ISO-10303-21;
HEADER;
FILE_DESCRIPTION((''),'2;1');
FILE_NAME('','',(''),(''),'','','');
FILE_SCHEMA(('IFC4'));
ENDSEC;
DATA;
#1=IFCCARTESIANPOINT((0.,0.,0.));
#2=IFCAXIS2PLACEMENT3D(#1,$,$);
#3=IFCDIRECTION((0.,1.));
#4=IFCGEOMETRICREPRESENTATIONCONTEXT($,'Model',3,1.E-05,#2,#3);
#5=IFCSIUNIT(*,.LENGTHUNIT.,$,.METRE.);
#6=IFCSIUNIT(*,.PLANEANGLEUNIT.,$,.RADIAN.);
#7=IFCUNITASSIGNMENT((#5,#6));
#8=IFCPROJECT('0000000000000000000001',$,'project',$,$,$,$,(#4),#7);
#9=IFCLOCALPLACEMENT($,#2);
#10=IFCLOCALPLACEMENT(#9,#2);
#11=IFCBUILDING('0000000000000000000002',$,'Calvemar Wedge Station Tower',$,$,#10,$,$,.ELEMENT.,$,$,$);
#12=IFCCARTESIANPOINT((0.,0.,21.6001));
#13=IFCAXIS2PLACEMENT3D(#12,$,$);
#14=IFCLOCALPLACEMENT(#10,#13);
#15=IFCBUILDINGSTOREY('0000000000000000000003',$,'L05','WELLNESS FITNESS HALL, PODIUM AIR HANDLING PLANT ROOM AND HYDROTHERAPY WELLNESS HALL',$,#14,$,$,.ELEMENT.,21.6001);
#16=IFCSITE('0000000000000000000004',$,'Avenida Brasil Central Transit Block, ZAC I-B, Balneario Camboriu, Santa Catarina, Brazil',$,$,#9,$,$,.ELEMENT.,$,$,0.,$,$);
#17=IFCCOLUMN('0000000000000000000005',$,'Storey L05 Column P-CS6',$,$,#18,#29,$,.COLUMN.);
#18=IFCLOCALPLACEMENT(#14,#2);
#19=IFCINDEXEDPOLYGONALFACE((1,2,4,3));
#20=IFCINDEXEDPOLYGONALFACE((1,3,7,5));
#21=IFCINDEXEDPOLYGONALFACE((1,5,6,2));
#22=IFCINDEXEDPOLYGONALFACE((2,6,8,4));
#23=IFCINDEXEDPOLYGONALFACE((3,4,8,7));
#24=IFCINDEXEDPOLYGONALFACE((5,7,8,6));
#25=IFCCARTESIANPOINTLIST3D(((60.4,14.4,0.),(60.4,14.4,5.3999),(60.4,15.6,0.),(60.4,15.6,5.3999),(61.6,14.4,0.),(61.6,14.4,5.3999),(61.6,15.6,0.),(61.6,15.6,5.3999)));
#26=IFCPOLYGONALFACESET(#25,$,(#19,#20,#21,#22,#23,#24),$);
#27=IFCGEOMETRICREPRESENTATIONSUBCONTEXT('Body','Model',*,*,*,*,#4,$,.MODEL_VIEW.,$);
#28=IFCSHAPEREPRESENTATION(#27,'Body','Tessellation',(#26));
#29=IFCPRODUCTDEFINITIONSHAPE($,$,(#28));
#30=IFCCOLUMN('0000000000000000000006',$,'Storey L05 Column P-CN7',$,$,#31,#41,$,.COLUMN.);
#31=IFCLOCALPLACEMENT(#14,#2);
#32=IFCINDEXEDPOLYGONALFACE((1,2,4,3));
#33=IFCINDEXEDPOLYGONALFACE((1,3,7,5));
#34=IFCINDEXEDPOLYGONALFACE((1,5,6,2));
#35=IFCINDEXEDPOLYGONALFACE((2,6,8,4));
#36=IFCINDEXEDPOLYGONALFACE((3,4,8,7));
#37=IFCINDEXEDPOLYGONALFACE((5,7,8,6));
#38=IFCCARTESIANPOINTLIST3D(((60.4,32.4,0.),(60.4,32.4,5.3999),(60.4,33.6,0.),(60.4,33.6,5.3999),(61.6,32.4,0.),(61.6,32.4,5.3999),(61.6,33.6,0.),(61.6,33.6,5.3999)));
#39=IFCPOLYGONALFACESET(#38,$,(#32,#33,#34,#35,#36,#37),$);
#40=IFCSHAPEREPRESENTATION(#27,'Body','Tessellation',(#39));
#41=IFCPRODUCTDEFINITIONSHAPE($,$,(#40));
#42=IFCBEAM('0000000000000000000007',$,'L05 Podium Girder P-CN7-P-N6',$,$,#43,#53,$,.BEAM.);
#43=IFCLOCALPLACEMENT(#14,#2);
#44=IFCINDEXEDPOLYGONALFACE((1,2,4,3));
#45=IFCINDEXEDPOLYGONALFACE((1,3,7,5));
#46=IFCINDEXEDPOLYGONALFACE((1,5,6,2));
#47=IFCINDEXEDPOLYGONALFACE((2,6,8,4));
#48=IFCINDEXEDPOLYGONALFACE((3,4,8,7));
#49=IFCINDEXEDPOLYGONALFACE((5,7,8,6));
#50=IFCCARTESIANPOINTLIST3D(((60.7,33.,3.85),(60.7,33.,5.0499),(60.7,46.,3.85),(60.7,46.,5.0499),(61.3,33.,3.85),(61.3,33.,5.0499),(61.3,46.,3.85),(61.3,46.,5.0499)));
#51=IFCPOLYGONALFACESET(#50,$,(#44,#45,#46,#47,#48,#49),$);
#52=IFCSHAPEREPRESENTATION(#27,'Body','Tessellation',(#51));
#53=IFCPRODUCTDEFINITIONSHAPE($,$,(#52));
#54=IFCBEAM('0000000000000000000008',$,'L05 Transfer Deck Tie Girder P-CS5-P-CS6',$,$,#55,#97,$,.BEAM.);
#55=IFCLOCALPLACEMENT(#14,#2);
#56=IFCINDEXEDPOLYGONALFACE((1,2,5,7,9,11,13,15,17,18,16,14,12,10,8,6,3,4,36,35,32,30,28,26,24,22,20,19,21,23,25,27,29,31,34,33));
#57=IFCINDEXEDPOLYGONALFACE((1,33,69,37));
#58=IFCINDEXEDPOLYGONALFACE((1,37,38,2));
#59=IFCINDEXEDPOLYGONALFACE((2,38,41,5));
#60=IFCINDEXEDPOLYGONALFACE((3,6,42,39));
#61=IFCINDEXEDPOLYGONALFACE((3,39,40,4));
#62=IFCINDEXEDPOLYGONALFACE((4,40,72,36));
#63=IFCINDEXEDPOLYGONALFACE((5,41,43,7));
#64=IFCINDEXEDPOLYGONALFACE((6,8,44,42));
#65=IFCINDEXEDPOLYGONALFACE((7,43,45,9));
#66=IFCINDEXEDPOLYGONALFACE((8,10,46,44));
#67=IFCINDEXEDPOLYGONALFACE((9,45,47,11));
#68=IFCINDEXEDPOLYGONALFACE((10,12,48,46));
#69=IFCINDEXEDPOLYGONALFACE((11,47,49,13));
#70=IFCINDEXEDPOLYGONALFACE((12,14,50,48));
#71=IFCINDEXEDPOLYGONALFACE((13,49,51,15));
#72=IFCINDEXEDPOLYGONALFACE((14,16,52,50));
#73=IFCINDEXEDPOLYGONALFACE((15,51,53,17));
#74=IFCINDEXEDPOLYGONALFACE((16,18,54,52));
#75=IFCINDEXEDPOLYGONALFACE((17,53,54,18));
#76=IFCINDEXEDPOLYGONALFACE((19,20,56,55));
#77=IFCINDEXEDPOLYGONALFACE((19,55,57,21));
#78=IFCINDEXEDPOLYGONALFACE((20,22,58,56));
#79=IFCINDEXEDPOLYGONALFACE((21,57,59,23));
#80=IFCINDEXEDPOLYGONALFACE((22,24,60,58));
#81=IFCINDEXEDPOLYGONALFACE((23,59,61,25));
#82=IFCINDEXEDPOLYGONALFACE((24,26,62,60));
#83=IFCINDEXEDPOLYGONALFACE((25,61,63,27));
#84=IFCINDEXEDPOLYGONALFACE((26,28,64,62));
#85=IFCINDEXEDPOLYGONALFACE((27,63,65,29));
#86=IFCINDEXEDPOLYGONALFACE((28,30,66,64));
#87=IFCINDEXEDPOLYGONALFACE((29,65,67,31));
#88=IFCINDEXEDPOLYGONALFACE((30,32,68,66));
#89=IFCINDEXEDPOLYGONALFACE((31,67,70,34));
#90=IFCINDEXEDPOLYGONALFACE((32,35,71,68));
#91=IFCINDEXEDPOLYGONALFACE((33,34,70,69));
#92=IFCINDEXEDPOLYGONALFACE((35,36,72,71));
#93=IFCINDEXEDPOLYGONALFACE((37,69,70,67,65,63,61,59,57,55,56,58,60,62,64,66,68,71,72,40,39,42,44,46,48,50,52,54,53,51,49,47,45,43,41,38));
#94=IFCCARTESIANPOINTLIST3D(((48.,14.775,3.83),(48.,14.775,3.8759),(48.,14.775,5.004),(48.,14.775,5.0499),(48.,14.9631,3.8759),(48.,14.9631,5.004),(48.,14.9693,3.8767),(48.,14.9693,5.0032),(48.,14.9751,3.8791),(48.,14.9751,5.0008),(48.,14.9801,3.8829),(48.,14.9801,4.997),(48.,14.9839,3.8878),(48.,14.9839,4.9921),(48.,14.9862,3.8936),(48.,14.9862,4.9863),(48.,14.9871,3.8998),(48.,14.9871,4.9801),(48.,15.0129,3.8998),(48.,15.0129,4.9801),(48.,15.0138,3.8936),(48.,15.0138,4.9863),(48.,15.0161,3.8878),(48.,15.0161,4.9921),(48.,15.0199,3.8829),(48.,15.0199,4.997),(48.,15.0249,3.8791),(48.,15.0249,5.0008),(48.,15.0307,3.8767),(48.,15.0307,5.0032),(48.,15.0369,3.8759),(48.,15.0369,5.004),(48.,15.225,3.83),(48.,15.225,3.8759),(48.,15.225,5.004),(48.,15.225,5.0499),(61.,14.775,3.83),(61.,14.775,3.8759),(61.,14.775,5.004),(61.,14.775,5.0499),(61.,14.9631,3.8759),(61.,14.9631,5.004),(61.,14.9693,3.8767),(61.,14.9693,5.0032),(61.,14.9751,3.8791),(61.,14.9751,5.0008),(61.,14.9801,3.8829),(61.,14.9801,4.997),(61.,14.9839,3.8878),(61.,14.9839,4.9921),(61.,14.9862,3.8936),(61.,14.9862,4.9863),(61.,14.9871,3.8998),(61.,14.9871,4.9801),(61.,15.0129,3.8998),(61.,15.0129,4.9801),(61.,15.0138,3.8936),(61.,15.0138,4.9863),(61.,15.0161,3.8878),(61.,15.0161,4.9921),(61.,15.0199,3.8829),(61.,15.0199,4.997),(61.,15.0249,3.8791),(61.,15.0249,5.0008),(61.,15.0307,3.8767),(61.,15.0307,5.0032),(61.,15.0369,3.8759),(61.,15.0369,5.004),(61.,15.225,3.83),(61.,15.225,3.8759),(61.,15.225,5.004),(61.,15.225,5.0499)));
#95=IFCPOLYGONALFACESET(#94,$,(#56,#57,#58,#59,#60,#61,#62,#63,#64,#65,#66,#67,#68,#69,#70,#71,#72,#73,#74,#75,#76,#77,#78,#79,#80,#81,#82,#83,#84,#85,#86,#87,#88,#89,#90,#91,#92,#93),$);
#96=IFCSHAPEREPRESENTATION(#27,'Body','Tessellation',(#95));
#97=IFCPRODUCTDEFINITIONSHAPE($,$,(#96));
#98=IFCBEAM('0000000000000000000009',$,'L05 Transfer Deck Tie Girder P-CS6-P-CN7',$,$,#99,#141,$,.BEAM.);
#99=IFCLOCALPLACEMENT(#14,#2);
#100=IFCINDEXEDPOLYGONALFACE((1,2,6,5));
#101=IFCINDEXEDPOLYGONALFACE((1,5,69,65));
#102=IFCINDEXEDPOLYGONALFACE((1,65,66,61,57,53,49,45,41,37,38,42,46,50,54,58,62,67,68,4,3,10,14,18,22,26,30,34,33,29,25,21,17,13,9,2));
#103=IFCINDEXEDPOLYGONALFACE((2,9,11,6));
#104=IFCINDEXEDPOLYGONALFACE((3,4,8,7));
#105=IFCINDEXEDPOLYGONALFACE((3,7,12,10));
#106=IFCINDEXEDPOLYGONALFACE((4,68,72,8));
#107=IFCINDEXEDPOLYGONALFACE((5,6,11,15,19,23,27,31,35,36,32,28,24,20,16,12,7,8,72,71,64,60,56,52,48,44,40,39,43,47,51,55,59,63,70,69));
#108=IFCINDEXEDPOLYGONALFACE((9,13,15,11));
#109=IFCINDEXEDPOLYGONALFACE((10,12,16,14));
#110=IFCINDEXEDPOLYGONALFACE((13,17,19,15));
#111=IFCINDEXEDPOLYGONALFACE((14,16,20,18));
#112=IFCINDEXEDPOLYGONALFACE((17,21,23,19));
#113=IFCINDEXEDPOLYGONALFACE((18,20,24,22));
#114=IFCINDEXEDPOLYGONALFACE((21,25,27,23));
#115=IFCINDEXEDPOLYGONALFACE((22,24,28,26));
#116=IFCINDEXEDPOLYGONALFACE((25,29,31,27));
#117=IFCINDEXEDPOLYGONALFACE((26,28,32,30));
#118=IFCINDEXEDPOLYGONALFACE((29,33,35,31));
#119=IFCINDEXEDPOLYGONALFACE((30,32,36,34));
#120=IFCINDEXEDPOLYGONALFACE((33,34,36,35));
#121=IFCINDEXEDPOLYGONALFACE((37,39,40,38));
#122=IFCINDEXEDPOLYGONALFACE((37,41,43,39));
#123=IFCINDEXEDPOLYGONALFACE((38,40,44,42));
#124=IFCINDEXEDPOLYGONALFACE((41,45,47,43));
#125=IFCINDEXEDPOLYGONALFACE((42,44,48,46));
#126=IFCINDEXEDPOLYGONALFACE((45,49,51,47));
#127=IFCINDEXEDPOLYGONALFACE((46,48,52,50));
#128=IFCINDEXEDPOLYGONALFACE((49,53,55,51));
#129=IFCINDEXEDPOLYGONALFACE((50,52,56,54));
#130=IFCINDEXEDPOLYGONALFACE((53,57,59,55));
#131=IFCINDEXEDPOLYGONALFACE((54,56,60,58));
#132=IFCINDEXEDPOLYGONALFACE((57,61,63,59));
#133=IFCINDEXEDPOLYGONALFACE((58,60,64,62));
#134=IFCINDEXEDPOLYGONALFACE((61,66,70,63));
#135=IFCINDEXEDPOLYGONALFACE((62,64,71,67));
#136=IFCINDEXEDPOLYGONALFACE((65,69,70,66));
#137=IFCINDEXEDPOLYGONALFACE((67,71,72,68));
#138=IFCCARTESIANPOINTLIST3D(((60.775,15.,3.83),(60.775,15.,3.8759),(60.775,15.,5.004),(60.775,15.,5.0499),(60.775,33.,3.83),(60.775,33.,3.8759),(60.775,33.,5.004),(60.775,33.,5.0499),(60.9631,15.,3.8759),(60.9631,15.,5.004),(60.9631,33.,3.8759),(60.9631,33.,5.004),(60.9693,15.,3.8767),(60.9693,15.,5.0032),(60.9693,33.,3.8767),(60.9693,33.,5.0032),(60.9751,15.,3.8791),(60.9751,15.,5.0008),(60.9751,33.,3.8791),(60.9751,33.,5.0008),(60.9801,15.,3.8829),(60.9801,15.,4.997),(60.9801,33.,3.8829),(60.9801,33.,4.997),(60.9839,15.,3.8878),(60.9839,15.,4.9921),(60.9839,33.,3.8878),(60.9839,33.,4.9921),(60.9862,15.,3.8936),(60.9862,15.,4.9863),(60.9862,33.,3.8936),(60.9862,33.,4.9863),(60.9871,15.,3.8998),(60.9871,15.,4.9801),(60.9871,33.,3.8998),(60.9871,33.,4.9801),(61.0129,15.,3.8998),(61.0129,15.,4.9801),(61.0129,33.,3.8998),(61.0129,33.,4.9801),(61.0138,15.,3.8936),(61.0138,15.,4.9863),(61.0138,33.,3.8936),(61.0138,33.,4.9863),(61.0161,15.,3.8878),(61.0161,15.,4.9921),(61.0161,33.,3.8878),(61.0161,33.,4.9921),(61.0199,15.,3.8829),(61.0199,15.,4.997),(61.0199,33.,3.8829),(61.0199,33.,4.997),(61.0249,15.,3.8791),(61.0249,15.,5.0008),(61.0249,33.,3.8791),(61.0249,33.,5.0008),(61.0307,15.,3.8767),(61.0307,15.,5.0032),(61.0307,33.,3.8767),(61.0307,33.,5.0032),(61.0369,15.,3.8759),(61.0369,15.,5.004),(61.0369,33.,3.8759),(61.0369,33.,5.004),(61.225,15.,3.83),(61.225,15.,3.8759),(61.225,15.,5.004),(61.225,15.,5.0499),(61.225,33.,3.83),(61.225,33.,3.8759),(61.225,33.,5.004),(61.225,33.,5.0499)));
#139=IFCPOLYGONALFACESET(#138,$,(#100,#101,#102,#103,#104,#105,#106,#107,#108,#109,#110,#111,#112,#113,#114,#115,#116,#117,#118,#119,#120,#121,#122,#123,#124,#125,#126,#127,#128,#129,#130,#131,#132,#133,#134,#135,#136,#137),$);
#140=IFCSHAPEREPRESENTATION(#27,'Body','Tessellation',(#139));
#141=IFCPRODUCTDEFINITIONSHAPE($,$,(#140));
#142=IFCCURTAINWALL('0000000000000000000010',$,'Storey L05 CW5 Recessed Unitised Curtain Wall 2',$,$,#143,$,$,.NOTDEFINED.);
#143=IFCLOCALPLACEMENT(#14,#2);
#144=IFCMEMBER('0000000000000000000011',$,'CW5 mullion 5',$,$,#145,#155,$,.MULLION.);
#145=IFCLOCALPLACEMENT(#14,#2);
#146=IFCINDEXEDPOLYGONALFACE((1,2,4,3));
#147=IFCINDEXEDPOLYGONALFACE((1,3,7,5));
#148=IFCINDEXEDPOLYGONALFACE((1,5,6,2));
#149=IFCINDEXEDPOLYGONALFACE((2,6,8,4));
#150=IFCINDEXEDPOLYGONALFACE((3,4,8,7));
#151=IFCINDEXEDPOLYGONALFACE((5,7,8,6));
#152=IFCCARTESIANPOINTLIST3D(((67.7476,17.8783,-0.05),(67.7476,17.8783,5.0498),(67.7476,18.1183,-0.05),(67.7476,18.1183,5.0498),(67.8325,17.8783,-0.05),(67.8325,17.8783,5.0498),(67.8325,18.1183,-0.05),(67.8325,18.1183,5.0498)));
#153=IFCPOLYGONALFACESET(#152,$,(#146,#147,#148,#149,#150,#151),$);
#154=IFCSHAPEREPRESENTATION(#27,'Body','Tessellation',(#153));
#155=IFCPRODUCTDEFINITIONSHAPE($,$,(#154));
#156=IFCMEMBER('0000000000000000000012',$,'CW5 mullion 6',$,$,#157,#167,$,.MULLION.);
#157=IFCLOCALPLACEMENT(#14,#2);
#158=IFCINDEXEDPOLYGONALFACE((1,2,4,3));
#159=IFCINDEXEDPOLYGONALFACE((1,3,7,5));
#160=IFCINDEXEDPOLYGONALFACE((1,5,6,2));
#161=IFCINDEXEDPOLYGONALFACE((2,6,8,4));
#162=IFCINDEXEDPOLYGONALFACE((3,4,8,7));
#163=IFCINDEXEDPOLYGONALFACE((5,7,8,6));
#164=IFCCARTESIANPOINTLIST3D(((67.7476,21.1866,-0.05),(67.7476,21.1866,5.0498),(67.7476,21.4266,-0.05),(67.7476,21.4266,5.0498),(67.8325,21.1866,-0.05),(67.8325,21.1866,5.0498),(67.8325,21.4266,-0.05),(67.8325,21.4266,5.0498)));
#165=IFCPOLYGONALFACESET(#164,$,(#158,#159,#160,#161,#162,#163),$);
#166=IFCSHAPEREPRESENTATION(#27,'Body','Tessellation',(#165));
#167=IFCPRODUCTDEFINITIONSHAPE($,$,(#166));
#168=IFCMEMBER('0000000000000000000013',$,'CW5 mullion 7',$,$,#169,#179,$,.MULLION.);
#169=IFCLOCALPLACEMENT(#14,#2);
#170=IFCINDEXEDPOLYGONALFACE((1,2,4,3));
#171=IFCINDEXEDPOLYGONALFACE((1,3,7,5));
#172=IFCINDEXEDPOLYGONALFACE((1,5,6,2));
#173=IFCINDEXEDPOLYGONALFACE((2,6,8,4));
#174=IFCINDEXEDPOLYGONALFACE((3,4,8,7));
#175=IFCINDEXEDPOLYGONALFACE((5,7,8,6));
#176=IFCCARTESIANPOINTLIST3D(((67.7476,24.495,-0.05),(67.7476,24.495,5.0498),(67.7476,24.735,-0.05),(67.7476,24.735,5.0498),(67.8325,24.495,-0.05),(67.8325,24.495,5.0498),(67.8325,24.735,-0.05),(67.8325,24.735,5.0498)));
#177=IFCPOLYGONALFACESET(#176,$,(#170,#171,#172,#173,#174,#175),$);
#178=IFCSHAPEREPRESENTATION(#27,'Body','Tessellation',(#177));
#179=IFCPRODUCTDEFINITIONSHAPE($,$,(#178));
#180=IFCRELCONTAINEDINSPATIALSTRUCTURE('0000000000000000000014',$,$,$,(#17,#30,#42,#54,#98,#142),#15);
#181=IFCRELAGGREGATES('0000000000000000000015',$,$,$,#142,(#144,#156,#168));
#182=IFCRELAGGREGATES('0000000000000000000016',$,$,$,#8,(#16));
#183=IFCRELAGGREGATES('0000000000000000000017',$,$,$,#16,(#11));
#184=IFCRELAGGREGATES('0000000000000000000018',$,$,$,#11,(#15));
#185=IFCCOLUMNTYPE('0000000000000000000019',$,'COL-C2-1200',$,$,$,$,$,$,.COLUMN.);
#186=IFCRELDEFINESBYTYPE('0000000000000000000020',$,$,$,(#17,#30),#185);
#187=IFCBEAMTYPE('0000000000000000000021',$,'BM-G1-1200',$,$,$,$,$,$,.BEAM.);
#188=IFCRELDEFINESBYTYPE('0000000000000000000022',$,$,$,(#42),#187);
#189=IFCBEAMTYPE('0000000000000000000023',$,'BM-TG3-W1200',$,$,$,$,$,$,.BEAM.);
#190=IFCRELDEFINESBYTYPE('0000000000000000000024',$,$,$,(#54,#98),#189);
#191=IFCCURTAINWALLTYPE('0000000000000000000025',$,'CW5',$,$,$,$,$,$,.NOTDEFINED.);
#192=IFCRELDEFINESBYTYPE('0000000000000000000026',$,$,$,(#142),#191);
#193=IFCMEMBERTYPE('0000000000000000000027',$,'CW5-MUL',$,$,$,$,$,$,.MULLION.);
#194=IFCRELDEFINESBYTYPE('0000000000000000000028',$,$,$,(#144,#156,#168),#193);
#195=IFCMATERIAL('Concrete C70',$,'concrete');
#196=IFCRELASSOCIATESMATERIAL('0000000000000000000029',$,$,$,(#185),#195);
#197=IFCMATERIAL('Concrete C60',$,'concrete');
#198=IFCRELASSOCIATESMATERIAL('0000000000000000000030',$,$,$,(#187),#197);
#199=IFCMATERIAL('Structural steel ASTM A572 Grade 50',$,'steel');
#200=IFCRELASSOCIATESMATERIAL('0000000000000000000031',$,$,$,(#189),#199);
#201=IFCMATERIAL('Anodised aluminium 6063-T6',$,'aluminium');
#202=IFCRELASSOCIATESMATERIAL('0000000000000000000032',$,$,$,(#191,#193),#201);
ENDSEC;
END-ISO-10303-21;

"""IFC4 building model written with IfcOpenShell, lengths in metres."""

from ifc_helpers import new_model, si_unit, direction, frame, origin, origin_2d, place, context, subcontext, project, spatial, rectangle, i_section, extrude, source, transform, mapped, material, material_profile, profile_set, type_object, element, aggregate, save


model = new_model("IFC4")

# Units and contexts
model_context = context("Model", 3, precision=1e-05, world=origin(), true_north=direction((0.0, 1.0)))
body_context = subcontext(model_context, "Body", "Model", "MODEL_VIEW")
ifc_project = project(units=[si_unit("LENGTHUNIT", "METRE"), si_unit("PLANEANGLEUNIT", "RADIAN")], contexts=[model_context])

# Site, building, storey
site_placement = place(None, origin())
site = spatial("IfcSite", under=ifc_project, at=site_placement, Name="Avenida Brasil Central Transit Block, ZAC I-B, Balneario Camboriu, Santa Catarina, Brazil", CompositionType="ELEMENT", RefElevation=0.0)
building_placement = place(site_placement, origin())
building = spatial("IfcBuilding", under=site, at=building_placement, Name="Calvemar Wedge Station Tower", CompositionType="ELEMENT")
storey_placement = place(building_placement, frame((0.0, 0.0, 21.6001)))
storey = spatial("IfcBuildingStorey", under=building, at=storey_placement, Name="L05", Description="WELLNESS FITNESS HALL, PODIUM AIR HANDLING PLANT ROOM AND HYDROTHERAPY WELLNESS HALL", CompositionType="ELEMENT", Elevation=21.6001)

# Columns
ifc_material_1 = material(Name="Concrete C70", Category="concrete")
ifc_material_profile_1 = material_profile(ifc_material_1, rectangle(XDim=1.2, YDim=1.2, at=origin_2d()), Name="RC1200x1200")
ifc_profile_set_1 = profile_set([ifc_material_profile_1], Name="Concrete C70")
column_type = type_object("IfcColumnType", Name="COL-C2-1200", PredefinedType="COLUMN", material=ifc_profile_set_1)
shared_shape_1 = source(origin(), body_context, "Body", "SweptSolid", [
    extrude(rectangle(XDim=1.2, YDim=1.2, at=origin_2d()), origin(), (0.0, 0.0, 1.0), 5.3999),
])
for number, where, z_axis, x_axis, name in (
    (1, (61.0, 15.0, 0.0), (0.0, 0.0, 1.0), (1.0, 0.0, 0.0), "Storey L05 Column P-CS6"),
    (2, (61.0, 33.0, 0.0), (0.0, 0.0, 1.0), (1.0, 0.0, 0.0), "Storey L05 Column P-CN7"),
):
    element("IfcColumn", number, at=place(storey_placement, frame(where, z_axis=z_axis, x_axis=x_axis)), inside=storey, type_object=column_type, Name=name, PredefinedType="COLUMN", context=body_context, shape_type="MappedRepresentation", body=[
        mapped(shared_shape_1, transform((0.0, 0.0, 0.0), scale=1.0)),
    ])

# Beams
ifc_material_2 = material(Name="Concrete C60", Category="concrete")
ifc_material_profile_2 = material_profile(ifc_material_2, rectangle(XDim=0.6001, YDim=1.2, at=origin_2d()), Name="RC600x1200")
ifc_profile_set_2 = profile_set([ifc_material_profile_2], Name="Concrete C60")
beam_type_1 = type_object("IfcBeamType", Name="BM-G1-1200", PredefinedType="BEAM", material=ifc_profile_set_2)
shared_shape_2 = source(origin(), body_context, "Body", "SweptSolid", [
    extrude(rectangle(XDim=0.6001, YDim=1.2, at=origin_2d()), origin(), (0.0, 0.0, 1.0), 13.0),
])
beam_1_placement = place(storey_placement, frame((61.0, 33.0, 4.45), z_axis=(0.0, 1.0, 0.0), x_axis=(-1.0, 0.0, 0.0)))
element("IfcBeam", 3, at=beam_1_placement, inside=storey, type_object=beam_type_1, Name="L05 Podium Girder P-CN7-P-N6", PredefinedType="BEAM", context=body_context, shape_type="MappedRepresentation", body=[
    mapped(shared_shape_2, transform((0.0, 0.0, 0.0), scale=1.0)),
])
ifc_material_3 = material(Name="Structural steel ASTM A572 Grade 50", Category="steel")
ifc_material_profile_3 = material_profile(ifc_material_3, i_section(OverallWidth=0.45, OverallDepth=1.22, WebThickness=0.0259, FlangeThickness=0.0459, FilletRadius=0.0239, at=origin_2d()), Name="W1200x540")
ifc_profile_set_3 = profile_set([ifc_material_profile_3], Name="Structural steel ASTM A572 Grade 50")
beam_type_2 = type_object("IfcBeamType", Name="BM-TG3-W1200", PredefinedType="BEAM", material=ifc_profile_set_3)
shared_shape_3 = source(origin(), body_context, "Body", "SweptSolid", [
    extrude(i_section(OverallWidth=0.45, OverallDepth=1.22, WebThickness=0.0259, FlangeThickness=0.0459, FilletRadius=0.0239, at=origin_2d()), origin(), (0.0, 0.0, 1.0), 13.0),
])
beam_2_placement = place(storey_placement, frame((48.0, 15.0, 4.4399), z_axis=(1.0, 0.0, 0.0), x_axis=(0.0, 1.0, 0.0)))
element("IfcBeam", 4, at=beam_2_placement, inside=storey, type_object=beam_type_2, Name="L05 Transfer Deck Tie Girder P-CS5-P-CS6", PredefinedType="BEAM", context=body_context, shape_type="MappedRepresentation", body=[
    mapped(shared_shape_3, transform((0.0, 0.0, 0.0), scale=1.0)),
])
shared_shape_4 = source(origin(), body_context, "Body", "SweptSolid", [
    extrude(i_section(OverallWidth=0.45, OverallDepth=1.22, WebThickness=0.0259, FlangeThickness=0.0459, FilletRadius=0.0239, at=origin_2d()), origin(), (0.0, 0.0, 1.0), 18.0),
])
beam_3_placement = place(storey_placement, frame((61.0, 15.0, 4.4399), z_axis=(0.0, 1.0, 0.0), x_axis=(-1.0, 0.0, 0.0)))
element("IfcBeam", 5, at=beam_3_placement, inside=storey, type_object=beam_type_2, Name="L05 Transfer Deck Tie Girder P-CS6-P-CN7", PredefinedType="BEAM", context=body_context, shape_type="MappedRepresentation", body=[
    mapped(shared_shape_4, transform((0.0, 0.0, 0.0), scale=1.0)),
])

# Curtain wall, members
ifc_material_4 = material(Name="Anodised aluminium 6063-T6", Category="aluminium")
curtain_wall_type = type_object("IfcCurtainWallType", Name="CW5", PredefinedType="NOTDEFINED", material=ifc_material_4)
curtain_wall_placement = place(storey_placement, origin())
curtain_wall = element("IfcCurtainWall", 6, at=curtain_wall_placement, inside=storey, type_object=curtain_wall_type, Name="Storey L05 CW5 Recessed Unitised Curtain Wall 2", PredefinedType="NOTDEFINED")
ifc_material_profile_4 = material_profile(ifc_material_4, rectangle(XDim=0.085, YDim=0.24, at=origin_2d()), Name="AL-MUL-85x240")
ifc_profile_set_4 = profile_set([ifc_material_profile_4], Name="Anodised aluminium 6063-T6")
member_type = type_object("IfcMemberType", Name="CW5-MUL", PredefinedType="MULLION", material=ifc_profile_set_4)
shared_shape_5 = source(origin(), body_context, "Body", "SweptSolid", [
    extrude(rectangle(XDim=0.085, YDim=0.24, at=origin_2d()), origin(), (0.0, 0.0, 1.0), 5.0999),
])
member_1_placement = place(storey_placement, frame((67.79, 17.9983, -0.05), z_axis=(0.0, 0.0, 1.0), x_axis=(1.0, 0.0, 0.0)))
member_1 = element("IfcMember", 7, at=member_1_placement, type_object=member_type, Name="CW5 mullion 5", PredefinedType="MULLION", context=body_context, shape_type="MappedRepresentation", body=[
    mapped(shared_shape_5, transform((0.0, 0.0, 0.0), scale=1.0)),
])
member_2_placement = place(storey_placement, frame((67.79, 21.3066, -0.05), z_axis=(0.0, 0.0, 1.0), x_axis=(1.0, 0.0, 0.0)))
member_2 = element("IfcMember", 8, at=member_2_placement, type_object=member_type, Name="CW5 mullion 6", PredefinedType="MULLION", context=body_context, shape_type="MappedRepresentation", body=[
    mapped(shared_shape_5, transform((0.0, 0.0, 0.0), scale=1.0)),
])
member_3_placement = place(storey_placement, frame((67.79, 24.615, -0.05), z_axis=(0.0, 0.0, 1.0), x_axis=(1.0, 0.0, 0.0)))
member_3 = element("IfcMember", 9, at=member_3_placement, type_object=member_type, Name="CW5 mullion 7", PredefinedType="MULLION", context=body_context, shape_type="MappedRepresentation", body=[
    mapped(shared_shape_5, transform((0.0, 0.0, 0.0), scale=1.0)),
])
aggregate(curtain_wall, [member_1, member_2, member_3])

save(model, "model.ifc")
